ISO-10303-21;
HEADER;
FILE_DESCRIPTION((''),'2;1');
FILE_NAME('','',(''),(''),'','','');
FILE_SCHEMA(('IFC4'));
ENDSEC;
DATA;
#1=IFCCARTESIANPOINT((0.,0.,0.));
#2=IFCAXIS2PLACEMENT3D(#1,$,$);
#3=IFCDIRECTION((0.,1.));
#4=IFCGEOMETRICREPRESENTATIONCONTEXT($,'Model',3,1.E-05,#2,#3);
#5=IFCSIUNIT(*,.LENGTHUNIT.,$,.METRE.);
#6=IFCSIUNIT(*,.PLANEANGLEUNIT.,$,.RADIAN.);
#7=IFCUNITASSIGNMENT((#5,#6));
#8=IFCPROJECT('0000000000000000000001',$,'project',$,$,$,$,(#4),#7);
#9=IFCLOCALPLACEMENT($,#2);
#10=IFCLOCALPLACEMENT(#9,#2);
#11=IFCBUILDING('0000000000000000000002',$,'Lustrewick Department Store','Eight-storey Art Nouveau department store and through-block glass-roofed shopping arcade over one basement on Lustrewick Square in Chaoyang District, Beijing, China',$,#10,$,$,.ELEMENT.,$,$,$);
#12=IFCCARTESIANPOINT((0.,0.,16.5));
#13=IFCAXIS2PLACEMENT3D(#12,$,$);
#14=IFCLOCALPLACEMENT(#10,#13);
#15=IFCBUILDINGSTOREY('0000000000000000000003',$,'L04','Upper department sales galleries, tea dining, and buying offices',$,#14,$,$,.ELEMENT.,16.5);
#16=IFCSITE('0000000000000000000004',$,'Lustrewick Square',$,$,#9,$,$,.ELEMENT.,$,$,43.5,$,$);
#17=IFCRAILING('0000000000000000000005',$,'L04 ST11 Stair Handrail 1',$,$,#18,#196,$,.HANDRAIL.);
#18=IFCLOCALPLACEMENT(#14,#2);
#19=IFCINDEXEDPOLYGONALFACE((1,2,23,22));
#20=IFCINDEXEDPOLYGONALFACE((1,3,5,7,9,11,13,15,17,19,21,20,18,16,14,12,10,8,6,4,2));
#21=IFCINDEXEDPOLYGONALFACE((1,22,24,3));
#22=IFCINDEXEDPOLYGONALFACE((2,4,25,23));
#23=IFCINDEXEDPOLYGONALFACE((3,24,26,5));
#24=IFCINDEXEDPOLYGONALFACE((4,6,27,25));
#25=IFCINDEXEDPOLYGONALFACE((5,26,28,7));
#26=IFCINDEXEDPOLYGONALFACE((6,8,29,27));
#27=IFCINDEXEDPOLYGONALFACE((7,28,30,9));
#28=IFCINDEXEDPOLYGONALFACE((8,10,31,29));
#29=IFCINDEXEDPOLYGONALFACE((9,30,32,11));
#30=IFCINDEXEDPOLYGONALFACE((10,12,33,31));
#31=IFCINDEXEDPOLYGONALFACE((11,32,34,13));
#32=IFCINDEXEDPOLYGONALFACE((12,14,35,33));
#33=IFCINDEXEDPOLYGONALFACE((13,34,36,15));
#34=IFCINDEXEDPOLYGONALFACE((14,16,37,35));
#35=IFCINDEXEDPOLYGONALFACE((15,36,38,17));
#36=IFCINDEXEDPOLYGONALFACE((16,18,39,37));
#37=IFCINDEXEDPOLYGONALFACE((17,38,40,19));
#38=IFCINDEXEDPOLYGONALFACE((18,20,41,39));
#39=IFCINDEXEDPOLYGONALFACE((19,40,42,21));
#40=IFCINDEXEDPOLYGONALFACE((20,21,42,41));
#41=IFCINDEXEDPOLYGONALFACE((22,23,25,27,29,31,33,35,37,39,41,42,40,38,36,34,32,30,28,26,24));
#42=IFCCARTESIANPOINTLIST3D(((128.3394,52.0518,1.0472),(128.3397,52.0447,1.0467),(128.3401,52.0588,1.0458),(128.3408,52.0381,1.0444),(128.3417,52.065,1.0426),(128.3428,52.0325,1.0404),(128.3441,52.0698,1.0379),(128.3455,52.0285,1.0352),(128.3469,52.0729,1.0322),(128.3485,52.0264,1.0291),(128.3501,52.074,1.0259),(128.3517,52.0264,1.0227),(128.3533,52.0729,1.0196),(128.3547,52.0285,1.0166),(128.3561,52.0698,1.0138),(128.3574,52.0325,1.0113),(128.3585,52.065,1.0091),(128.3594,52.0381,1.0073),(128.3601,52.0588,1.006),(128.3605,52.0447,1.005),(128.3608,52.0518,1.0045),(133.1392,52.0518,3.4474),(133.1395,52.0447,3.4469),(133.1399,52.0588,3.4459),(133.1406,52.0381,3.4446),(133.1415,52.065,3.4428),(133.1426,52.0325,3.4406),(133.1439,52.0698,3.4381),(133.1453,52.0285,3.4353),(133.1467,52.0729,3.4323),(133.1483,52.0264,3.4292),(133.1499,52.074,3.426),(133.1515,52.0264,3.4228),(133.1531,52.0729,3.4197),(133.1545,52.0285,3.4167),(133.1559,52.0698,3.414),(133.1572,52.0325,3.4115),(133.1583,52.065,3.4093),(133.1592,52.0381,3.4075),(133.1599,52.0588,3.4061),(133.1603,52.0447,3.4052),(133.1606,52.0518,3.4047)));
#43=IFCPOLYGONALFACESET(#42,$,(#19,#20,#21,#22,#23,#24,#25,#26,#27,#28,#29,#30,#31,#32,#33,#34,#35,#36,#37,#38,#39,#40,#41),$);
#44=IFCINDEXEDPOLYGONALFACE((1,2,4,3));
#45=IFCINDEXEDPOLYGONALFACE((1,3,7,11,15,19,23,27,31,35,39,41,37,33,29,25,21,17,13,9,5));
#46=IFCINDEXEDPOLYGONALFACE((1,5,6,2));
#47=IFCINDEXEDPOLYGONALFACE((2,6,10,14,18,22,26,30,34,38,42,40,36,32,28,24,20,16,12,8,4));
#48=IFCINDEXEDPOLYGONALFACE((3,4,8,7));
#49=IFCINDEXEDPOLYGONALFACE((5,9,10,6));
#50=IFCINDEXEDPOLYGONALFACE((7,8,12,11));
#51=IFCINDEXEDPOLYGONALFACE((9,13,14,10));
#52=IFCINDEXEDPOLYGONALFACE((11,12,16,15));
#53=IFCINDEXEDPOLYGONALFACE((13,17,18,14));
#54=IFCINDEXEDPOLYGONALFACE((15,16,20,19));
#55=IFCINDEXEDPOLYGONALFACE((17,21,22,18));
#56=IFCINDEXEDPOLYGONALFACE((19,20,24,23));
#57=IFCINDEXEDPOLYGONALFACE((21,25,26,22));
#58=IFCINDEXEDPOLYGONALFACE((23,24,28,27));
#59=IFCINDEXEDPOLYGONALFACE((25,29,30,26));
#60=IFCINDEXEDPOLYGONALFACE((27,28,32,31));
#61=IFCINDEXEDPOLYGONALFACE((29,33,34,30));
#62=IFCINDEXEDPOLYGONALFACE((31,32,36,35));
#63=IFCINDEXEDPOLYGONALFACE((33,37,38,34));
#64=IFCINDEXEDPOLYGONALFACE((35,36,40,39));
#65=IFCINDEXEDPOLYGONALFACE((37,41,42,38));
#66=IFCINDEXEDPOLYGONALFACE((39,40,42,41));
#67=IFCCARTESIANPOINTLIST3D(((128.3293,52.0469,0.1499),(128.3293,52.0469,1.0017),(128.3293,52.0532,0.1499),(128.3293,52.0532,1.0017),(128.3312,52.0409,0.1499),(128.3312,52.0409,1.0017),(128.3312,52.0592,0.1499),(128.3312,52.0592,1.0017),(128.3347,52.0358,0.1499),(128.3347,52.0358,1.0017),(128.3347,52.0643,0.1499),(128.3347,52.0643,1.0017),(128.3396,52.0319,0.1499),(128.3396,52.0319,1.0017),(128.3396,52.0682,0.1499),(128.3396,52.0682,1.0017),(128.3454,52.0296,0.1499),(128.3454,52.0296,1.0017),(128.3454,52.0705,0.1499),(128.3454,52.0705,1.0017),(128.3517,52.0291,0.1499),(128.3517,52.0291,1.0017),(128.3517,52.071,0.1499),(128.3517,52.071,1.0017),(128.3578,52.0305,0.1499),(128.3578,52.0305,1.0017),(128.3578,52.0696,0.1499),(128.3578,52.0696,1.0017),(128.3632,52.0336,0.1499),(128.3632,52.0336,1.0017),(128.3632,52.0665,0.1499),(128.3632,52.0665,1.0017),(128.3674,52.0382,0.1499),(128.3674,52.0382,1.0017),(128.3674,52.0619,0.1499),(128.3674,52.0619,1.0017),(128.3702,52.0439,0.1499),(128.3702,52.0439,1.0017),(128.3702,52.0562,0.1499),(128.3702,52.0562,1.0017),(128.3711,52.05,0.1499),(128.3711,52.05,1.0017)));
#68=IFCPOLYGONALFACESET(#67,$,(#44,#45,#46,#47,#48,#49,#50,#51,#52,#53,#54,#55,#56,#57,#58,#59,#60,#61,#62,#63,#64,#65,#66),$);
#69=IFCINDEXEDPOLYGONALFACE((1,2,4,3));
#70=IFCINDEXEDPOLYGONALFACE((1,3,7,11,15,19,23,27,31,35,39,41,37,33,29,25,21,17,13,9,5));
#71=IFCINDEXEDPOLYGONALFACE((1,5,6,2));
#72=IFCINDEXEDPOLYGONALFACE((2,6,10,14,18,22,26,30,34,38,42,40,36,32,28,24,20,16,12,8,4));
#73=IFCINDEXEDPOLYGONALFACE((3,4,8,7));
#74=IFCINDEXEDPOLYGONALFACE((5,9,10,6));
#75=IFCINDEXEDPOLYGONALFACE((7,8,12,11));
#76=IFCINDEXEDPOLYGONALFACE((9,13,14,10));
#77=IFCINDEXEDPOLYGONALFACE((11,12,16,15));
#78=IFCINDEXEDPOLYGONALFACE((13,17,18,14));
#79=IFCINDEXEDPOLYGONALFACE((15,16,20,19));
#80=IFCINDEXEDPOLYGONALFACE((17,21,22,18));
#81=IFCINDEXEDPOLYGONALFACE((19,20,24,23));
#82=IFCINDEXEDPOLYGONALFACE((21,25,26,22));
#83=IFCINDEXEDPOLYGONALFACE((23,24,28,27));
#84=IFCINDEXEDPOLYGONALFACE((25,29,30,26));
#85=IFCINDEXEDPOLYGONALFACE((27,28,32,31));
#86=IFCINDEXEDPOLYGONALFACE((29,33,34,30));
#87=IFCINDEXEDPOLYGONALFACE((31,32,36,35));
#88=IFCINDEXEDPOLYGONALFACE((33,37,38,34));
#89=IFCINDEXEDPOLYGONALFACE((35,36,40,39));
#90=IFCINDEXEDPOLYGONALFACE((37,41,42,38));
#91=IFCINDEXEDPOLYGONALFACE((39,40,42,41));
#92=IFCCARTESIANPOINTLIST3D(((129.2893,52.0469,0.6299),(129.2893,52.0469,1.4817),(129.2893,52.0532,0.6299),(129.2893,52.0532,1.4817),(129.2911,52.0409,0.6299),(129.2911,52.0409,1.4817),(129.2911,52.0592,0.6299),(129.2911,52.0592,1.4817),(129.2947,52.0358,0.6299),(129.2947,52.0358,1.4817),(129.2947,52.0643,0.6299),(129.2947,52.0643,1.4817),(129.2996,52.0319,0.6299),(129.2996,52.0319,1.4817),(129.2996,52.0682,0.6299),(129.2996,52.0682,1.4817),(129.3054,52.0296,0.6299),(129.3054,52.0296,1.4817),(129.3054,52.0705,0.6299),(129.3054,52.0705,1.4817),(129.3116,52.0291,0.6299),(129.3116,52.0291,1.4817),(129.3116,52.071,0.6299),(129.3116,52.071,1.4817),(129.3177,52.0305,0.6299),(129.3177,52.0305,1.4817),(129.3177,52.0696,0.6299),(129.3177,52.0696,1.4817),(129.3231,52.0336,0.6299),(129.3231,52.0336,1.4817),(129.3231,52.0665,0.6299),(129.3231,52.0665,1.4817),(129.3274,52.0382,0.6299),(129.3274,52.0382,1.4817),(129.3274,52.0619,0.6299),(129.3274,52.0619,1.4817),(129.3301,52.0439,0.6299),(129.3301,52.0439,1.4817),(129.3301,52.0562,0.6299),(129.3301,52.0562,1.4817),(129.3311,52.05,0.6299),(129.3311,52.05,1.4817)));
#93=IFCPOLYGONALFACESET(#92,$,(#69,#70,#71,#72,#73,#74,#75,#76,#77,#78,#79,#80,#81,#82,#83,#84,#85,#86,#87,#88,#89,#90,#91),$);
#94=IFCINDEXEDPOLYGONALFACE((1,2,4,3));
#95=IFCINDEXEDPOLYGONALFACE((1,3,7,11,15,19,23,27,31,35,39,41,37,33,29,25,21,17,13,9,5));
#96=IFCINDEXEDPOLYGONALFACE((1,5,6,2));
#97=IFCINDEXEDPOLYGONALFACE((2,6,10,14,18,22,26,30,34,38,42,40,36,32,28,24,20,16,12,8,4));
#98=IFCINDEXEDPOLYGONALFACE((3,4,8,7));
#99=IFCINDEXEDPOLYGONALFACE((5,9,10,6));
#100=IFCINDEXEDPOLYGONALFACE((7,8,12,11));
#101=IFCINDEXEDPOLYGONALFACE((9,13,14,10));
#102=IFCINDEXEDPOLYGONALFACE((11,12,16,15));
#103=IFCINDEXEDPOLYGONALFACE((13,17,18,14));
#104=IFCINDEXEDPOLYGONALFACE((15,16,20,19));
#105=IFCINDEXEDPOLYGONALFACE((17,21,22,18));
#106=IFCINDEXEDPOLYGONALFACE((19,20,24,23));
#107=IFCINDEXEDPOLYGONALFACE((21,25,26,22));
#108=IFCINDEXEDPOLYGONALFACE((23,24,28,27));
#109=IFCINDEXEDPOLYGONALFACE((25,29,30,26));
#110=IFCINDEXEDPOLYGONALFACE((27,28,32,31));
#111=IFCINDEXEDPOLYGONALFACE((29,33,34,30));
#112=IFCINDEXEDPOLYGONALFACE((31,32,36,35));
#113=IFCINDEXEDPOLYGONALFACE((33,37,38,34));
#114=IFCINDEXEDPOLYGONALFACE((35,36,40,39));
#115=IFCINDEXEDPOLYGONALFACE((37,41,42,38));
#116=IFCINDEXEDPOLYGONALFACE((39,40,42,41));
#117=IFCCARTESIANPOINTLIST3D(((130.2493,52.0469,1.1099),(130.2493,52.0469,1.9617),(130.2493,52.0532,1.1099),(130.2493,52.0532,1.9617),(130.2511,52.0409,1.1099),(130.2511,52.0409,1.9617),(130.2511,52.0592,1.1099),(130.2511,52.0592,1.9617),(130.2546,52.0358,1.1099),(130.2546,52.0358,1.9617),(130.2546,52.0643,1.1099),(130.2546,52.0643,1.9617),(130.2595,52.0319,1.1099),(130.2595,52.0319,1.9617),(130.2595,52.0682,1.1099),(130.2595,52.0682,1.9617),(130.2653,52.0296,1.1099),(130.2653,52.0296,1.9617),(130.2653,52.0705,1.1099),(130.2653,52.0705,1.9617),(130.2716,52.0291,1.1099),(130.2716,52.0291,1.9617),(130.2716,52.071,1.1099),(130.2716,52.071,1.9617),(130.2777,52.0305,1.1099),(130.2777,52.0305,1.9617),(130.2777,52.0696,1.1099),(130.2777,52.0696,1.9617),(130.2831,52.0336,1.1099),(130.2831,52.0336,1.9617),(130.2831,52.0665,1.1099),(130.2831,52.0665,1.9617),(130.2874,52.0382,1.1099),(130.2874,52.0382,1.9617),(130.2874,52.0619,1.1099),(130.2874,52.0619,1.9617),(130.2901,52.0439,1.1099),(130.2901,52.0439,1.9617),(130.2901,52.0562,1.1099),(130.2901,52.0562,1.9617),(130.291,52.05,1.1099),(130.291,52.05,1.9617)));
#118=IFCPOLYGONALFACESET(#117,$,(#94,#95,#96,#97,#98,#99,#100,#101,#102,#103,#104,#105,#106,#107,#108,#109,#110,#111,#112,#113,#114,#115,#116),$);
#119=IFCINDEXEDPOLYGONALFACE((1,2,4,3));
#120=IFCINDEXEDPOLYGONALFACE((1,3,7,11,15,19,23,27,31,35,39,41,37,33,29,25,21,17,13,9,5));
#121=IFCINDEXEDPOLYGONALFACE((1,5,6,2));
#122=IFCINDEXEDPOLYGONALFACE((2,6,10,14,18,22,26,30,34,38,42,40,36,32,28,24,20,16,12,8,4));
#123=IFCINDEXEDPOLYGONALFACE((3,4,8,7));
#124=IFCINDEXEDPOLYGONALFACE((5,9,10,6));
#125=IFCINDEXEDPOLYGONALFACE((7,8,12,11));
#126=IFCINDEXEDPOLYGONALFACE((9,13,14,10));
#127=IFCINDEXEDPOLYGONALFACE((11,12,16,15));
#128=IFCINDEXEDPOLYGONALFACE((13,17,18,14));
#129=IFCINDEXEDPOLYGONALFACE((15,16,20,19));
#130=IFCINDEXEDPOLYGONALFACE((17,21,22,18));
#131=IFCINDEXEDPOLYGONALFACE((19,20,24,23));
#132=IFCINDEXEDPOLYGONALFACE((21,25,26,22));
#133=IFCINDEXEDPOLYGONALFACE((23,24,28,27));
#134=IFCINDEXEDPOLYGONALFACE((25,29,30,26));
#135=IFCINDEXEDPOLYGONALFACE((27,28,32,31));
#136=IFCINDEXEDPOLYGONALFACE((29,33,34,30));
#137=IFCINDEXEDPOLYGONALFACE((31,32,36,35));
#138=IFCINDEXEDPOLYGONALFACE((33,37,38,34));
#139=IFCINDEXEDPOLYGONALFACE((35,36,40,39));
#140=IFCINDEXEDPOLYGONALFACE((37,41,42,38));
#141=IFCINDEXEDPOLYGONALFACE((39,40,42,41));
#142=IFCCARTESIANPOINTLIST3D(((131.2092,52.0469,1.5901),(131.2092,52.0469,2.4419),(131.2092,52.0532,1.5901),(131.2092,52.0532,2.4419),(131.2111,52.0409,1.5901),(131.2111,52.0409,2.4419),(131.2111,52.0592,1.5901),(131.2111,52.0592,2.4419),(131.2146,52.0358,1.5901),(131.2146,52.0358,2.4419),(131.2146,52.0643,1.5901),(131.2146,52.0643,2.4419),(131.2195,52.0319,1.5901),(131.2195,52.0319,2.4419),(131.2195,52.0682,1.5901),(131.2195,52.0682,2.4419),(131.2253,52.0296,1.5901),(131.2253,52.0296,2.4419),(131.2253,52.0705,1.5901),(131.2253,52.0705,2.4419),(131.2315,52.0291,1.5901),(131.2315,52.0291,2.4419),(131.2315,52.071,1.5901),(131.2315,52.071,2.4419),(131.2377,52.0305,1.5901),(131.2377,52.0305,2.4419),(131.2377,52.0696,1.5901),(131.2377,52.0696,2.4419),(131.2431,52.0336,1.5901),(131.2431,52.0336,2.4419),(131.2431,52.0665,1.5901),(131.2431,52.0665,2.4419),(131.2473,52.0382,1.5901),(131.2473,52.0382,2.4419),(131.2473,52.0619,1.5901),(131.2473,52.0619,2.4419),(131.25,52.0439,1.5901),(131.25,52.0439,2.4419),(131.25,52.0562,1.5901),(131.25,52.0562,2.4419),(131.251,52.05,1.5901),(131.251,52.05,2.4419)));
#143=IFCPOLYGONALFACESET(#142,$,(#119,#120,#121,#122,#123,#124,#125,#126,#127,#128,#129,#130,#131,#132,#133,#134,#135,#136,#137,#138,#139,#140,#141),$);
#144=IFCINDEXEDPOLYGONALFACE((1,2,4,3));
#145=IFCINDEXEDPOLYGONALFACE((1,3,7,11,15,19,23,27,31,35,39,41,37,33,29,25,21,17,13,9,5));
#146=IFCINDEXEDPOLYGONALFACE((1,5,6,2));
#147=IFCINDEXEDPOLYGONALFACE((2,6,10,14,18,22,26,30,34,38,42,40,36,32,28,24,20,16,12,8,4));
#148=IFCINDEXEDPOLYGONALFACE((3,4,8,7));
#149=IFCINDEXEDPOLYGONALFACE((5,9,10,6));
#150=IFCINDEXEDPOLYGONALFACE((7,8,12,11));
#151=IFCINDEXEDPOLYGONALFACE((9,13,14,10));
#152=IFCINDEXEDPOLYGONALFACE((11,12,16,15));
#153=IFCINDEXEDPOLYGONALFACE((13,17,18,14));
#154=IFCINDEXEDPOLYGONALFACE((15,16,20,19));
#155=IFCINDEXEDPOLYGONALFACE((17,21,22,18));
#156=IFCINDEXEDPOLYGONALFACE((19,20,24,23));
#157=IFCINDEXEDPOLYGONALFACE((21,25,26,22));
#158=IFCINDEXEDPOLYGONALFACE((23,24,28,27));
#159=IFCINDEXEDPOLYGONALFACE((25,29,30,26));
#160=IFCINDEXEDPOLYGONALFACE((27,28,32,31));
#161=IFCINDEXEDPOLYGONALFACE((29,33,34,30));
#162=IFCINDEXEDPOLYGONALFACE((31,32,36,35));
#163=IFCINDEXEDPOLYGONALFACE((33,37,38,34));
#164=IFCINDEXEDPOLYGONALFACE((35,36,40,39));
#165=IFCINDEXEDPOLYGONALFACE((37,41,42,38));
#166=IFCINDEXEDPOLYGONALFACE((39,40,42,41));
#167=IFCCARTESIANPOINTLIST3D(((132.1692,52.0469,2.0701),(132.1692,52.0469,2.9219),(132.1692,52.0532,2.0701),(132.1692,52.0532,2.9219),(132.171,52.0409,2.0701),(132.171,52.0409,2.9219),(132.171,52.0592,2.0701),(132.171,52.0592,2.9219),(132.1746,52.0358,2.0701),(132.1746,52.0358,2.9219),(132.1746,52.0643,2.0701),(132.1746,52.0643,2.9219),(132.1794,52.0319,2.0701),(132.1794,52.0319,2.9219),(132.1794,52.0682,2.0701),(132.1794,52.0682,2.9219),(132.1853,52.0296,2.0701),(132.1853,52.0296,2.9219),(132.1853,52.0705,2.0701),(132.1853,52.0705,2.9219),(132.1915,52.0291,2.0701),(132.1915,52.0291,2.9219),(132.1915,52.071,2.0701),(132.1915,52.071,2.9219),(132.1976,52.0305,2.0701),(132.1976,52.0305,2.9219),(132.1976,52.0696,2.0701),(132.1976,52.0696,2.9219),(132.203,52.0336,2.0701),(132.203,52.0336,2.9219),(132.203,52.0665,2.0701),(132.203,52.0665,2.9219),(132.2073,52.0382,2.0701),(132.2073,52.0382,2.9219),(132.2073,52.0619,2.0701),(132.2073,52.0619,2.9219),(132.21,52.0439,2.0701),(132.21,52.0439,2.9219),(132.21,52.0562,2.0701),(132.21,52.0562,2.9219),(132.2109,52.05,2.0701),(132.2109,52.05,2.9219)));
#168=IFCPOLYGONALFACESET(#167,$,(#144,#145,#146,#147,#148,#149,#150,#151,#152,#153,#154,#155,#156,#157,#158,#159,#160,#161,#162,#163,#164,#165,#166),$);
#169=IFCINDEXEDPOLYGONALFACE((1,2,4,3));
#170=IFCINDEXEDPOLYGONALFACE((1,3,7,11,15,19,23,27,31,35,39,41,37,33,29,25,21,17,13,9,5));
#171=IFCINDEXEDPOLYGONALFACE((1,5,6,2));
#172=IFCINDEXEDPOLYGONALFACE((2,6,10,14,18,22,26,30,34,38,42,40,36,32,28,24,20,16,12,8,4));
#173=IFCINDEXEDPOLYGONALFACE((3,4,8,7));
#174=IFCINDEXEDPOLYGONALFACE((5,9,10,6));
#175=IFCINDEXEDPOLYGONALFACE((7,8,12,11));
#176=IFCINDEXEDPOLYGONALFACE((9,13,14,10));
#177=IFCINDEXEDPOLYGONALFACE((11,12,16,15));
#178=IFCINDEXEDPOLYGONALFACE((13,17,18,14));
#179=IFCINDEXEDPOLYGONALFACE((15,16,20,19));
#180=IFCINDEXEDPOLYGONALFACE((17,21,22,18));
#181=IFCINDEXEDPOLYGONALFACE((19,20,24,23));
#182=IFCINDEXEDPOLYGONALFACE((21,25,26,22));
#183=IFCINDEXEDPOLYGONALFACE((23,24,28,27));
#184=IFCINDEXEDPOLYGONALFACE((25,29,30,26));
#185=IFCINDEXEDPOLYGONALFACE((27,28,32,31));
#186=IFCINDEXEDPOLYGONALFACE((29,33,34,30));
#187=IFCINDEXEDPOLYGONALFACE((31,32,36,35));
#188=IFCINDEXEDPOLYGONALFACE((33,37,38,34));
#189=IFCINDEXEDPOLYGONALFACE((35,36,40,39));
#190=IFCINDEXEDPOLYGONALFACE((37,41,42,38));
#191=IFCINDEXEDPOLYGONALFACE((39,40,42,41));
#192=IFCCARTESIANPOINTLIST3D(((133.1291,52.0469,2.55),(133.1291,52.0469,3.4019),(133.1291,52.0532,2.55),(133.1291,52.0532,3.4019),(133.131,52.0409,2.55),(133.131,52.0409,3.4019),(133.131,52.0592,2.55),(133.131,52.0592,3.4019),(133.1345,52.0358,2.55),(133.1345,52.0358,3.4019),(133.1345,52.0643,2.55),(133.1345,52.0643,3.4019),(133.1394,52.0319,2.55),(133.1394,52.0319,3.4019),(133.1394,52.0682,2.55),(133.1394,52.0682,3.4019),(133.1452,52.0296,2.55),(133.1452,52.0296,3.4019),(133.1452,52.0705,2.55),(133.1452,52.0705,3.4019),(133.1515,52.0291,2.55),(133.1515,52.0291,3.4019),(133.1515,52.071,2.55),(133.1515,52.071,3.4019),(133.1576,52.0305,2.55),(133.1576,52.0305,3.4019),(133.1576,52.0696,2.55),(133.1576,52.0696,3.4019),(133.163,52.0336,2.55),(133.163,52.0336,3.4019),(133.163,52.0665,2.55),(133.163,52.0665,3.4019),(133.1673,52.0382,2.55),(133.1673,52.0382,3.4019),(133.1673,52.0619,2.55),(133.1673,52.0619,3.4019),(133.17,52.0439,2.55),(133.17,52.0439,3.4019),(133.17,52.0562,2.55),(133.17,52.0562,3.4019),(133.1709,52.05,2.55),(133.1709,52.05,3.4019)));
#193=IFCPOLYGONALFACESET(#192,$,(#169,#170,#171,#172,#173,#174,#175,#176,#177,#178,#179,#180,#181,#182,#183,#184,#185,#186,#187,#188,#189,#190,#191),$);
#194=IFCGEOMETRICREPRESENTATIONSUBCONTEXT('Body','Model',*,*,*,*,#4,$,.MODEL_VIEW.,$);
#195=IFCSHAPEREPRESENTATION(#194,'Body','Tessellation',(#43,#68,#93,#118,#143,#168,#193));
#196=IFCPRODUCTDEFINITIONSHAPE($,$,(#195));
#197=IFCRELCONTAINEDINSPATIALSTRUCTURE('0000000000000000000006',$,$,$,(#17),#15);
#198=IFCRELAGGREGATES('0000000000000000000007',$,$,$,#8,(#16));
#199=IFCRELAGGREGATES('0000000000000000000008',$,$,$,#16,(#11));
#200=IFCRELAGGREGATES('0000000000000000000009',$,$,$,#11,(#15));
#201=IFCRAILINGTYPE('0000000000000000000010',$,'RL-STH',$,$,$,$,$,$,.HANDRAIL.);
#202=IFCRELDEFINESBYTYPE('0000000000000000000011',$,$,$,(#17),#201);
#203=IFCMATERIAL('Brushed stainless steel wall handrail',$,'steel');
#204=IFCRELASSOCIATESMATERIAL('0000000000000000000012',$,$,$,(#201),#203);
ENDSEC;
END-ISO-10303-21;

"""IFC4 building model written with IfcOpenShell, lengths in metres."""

from ifc_helpers import new_model, si_unit, direction, frame, origin, origin_2d, place, context, subcontext, project, spatial, circle, extrude, material, type_object, element, save


model = new_model("IFC4")

# Units and contexts
model_context = context("Model", 3, precision=1e-05, world=origin(), true_north=direction((0.0, 1.0)))
body_context = subcontext(model_context, "Body", "Model", "MODEL_VIEW")
ifc_project = project(units=[si_unit("LENGTHUNIT", "METRE"), si_unit("PLANEANGLEUNIT", "RADIAN")], contexts=[model_context])

# Site, building, storey
site_placement = place(None, origin())
site = spatial("IfcSite", under=ifc_project, at=site_placement, Name="Lustrewick Square", CompositionType="ELEMENT", RefElevation=43.5)
building_placement = place(site_placement, origin())
building = spatial("IfcBuilding", under=site, at=building_placement, Name="Lustrewick Department Store", Description="Eight-storey Art Nouveau department store and through-block glass-roofed shopping arcade over one basement on Lustrewick Square in Chaoyang District, Beijing, China", CompositionType="ELEMENT")
storey_placement = place(building_placement, frame((0.0, 0.0, 16.5)))
storey = spatial("IfcBuildingStorey", under=building, at=storey_placement, Name="L04", Description="Upper department sales galleries, tea dining, and buying offices", CompositionType="ELEMENT", Elevation=16.5)

# Railing
ifc_material_1 = material(Name="Brushed stainless steel wall handrail", Category="steel")
railing_type_1 = type_object("IfcRailingType", Name="RL-STH", PredefinedType="HANDRAIL", material=ifc_material_1)
railing_1_placement = place(storey_placement, frame((128.3501, 52.05, 0.1499)))
element("IfcRailing", 1, at=railing_1_placement, inside=storey, type_object=railing_type_1, Name="L04 ST11 Stair Handrail 1", PredefinedType="HANDRAIL", context=body_context, shape_type="SweptSolid", body=[
    extrude(circle(Radius=0.0239, at=origin_2d()), frame((0.0, 0.0, 0.876), z_axis=(0.894409, 0.0, 0.44725), x_axis=(0.0, 1.0, 0.0)), (0.0, 0.0, 1.0), 5.3665),
    extrude(circle(Radius=0.021, at=origin_2d()), origin(), (0.0, 0.0, 1.0), 0.8518),
    extrude(circle(Radius=0.021, at=origin_2d()), frame((0.96, 0.0, 0.48)), (0.0, 0.0, 1.0), 0.8518),
    extrude(circle(Radius=0.021, at=origin_2d()), frame((1.9199, 0.0, 0.96)), (0.0, 0.0, 1.0), 0.8518),
    extrude(circle(Radius=0.021, at=origin_2d()), frame((2.8799, 0.0, 1.4402)), (0.0, 0.0, 1.0), 0.8518),
    extrude(circle(Radius=0.021, at=origin_2d()), frame((3.8398, 0.0, 1.9202)), (0.0, 0.0, 1.0), 0.8518),
    extrude(circle(Radius=0.021, at=origin_2d()), frame((4.7998, 0.0, 2.4001)), (0.0, 0.0, 1.0), 0.8518),
])

save(model, "model.ifc")
